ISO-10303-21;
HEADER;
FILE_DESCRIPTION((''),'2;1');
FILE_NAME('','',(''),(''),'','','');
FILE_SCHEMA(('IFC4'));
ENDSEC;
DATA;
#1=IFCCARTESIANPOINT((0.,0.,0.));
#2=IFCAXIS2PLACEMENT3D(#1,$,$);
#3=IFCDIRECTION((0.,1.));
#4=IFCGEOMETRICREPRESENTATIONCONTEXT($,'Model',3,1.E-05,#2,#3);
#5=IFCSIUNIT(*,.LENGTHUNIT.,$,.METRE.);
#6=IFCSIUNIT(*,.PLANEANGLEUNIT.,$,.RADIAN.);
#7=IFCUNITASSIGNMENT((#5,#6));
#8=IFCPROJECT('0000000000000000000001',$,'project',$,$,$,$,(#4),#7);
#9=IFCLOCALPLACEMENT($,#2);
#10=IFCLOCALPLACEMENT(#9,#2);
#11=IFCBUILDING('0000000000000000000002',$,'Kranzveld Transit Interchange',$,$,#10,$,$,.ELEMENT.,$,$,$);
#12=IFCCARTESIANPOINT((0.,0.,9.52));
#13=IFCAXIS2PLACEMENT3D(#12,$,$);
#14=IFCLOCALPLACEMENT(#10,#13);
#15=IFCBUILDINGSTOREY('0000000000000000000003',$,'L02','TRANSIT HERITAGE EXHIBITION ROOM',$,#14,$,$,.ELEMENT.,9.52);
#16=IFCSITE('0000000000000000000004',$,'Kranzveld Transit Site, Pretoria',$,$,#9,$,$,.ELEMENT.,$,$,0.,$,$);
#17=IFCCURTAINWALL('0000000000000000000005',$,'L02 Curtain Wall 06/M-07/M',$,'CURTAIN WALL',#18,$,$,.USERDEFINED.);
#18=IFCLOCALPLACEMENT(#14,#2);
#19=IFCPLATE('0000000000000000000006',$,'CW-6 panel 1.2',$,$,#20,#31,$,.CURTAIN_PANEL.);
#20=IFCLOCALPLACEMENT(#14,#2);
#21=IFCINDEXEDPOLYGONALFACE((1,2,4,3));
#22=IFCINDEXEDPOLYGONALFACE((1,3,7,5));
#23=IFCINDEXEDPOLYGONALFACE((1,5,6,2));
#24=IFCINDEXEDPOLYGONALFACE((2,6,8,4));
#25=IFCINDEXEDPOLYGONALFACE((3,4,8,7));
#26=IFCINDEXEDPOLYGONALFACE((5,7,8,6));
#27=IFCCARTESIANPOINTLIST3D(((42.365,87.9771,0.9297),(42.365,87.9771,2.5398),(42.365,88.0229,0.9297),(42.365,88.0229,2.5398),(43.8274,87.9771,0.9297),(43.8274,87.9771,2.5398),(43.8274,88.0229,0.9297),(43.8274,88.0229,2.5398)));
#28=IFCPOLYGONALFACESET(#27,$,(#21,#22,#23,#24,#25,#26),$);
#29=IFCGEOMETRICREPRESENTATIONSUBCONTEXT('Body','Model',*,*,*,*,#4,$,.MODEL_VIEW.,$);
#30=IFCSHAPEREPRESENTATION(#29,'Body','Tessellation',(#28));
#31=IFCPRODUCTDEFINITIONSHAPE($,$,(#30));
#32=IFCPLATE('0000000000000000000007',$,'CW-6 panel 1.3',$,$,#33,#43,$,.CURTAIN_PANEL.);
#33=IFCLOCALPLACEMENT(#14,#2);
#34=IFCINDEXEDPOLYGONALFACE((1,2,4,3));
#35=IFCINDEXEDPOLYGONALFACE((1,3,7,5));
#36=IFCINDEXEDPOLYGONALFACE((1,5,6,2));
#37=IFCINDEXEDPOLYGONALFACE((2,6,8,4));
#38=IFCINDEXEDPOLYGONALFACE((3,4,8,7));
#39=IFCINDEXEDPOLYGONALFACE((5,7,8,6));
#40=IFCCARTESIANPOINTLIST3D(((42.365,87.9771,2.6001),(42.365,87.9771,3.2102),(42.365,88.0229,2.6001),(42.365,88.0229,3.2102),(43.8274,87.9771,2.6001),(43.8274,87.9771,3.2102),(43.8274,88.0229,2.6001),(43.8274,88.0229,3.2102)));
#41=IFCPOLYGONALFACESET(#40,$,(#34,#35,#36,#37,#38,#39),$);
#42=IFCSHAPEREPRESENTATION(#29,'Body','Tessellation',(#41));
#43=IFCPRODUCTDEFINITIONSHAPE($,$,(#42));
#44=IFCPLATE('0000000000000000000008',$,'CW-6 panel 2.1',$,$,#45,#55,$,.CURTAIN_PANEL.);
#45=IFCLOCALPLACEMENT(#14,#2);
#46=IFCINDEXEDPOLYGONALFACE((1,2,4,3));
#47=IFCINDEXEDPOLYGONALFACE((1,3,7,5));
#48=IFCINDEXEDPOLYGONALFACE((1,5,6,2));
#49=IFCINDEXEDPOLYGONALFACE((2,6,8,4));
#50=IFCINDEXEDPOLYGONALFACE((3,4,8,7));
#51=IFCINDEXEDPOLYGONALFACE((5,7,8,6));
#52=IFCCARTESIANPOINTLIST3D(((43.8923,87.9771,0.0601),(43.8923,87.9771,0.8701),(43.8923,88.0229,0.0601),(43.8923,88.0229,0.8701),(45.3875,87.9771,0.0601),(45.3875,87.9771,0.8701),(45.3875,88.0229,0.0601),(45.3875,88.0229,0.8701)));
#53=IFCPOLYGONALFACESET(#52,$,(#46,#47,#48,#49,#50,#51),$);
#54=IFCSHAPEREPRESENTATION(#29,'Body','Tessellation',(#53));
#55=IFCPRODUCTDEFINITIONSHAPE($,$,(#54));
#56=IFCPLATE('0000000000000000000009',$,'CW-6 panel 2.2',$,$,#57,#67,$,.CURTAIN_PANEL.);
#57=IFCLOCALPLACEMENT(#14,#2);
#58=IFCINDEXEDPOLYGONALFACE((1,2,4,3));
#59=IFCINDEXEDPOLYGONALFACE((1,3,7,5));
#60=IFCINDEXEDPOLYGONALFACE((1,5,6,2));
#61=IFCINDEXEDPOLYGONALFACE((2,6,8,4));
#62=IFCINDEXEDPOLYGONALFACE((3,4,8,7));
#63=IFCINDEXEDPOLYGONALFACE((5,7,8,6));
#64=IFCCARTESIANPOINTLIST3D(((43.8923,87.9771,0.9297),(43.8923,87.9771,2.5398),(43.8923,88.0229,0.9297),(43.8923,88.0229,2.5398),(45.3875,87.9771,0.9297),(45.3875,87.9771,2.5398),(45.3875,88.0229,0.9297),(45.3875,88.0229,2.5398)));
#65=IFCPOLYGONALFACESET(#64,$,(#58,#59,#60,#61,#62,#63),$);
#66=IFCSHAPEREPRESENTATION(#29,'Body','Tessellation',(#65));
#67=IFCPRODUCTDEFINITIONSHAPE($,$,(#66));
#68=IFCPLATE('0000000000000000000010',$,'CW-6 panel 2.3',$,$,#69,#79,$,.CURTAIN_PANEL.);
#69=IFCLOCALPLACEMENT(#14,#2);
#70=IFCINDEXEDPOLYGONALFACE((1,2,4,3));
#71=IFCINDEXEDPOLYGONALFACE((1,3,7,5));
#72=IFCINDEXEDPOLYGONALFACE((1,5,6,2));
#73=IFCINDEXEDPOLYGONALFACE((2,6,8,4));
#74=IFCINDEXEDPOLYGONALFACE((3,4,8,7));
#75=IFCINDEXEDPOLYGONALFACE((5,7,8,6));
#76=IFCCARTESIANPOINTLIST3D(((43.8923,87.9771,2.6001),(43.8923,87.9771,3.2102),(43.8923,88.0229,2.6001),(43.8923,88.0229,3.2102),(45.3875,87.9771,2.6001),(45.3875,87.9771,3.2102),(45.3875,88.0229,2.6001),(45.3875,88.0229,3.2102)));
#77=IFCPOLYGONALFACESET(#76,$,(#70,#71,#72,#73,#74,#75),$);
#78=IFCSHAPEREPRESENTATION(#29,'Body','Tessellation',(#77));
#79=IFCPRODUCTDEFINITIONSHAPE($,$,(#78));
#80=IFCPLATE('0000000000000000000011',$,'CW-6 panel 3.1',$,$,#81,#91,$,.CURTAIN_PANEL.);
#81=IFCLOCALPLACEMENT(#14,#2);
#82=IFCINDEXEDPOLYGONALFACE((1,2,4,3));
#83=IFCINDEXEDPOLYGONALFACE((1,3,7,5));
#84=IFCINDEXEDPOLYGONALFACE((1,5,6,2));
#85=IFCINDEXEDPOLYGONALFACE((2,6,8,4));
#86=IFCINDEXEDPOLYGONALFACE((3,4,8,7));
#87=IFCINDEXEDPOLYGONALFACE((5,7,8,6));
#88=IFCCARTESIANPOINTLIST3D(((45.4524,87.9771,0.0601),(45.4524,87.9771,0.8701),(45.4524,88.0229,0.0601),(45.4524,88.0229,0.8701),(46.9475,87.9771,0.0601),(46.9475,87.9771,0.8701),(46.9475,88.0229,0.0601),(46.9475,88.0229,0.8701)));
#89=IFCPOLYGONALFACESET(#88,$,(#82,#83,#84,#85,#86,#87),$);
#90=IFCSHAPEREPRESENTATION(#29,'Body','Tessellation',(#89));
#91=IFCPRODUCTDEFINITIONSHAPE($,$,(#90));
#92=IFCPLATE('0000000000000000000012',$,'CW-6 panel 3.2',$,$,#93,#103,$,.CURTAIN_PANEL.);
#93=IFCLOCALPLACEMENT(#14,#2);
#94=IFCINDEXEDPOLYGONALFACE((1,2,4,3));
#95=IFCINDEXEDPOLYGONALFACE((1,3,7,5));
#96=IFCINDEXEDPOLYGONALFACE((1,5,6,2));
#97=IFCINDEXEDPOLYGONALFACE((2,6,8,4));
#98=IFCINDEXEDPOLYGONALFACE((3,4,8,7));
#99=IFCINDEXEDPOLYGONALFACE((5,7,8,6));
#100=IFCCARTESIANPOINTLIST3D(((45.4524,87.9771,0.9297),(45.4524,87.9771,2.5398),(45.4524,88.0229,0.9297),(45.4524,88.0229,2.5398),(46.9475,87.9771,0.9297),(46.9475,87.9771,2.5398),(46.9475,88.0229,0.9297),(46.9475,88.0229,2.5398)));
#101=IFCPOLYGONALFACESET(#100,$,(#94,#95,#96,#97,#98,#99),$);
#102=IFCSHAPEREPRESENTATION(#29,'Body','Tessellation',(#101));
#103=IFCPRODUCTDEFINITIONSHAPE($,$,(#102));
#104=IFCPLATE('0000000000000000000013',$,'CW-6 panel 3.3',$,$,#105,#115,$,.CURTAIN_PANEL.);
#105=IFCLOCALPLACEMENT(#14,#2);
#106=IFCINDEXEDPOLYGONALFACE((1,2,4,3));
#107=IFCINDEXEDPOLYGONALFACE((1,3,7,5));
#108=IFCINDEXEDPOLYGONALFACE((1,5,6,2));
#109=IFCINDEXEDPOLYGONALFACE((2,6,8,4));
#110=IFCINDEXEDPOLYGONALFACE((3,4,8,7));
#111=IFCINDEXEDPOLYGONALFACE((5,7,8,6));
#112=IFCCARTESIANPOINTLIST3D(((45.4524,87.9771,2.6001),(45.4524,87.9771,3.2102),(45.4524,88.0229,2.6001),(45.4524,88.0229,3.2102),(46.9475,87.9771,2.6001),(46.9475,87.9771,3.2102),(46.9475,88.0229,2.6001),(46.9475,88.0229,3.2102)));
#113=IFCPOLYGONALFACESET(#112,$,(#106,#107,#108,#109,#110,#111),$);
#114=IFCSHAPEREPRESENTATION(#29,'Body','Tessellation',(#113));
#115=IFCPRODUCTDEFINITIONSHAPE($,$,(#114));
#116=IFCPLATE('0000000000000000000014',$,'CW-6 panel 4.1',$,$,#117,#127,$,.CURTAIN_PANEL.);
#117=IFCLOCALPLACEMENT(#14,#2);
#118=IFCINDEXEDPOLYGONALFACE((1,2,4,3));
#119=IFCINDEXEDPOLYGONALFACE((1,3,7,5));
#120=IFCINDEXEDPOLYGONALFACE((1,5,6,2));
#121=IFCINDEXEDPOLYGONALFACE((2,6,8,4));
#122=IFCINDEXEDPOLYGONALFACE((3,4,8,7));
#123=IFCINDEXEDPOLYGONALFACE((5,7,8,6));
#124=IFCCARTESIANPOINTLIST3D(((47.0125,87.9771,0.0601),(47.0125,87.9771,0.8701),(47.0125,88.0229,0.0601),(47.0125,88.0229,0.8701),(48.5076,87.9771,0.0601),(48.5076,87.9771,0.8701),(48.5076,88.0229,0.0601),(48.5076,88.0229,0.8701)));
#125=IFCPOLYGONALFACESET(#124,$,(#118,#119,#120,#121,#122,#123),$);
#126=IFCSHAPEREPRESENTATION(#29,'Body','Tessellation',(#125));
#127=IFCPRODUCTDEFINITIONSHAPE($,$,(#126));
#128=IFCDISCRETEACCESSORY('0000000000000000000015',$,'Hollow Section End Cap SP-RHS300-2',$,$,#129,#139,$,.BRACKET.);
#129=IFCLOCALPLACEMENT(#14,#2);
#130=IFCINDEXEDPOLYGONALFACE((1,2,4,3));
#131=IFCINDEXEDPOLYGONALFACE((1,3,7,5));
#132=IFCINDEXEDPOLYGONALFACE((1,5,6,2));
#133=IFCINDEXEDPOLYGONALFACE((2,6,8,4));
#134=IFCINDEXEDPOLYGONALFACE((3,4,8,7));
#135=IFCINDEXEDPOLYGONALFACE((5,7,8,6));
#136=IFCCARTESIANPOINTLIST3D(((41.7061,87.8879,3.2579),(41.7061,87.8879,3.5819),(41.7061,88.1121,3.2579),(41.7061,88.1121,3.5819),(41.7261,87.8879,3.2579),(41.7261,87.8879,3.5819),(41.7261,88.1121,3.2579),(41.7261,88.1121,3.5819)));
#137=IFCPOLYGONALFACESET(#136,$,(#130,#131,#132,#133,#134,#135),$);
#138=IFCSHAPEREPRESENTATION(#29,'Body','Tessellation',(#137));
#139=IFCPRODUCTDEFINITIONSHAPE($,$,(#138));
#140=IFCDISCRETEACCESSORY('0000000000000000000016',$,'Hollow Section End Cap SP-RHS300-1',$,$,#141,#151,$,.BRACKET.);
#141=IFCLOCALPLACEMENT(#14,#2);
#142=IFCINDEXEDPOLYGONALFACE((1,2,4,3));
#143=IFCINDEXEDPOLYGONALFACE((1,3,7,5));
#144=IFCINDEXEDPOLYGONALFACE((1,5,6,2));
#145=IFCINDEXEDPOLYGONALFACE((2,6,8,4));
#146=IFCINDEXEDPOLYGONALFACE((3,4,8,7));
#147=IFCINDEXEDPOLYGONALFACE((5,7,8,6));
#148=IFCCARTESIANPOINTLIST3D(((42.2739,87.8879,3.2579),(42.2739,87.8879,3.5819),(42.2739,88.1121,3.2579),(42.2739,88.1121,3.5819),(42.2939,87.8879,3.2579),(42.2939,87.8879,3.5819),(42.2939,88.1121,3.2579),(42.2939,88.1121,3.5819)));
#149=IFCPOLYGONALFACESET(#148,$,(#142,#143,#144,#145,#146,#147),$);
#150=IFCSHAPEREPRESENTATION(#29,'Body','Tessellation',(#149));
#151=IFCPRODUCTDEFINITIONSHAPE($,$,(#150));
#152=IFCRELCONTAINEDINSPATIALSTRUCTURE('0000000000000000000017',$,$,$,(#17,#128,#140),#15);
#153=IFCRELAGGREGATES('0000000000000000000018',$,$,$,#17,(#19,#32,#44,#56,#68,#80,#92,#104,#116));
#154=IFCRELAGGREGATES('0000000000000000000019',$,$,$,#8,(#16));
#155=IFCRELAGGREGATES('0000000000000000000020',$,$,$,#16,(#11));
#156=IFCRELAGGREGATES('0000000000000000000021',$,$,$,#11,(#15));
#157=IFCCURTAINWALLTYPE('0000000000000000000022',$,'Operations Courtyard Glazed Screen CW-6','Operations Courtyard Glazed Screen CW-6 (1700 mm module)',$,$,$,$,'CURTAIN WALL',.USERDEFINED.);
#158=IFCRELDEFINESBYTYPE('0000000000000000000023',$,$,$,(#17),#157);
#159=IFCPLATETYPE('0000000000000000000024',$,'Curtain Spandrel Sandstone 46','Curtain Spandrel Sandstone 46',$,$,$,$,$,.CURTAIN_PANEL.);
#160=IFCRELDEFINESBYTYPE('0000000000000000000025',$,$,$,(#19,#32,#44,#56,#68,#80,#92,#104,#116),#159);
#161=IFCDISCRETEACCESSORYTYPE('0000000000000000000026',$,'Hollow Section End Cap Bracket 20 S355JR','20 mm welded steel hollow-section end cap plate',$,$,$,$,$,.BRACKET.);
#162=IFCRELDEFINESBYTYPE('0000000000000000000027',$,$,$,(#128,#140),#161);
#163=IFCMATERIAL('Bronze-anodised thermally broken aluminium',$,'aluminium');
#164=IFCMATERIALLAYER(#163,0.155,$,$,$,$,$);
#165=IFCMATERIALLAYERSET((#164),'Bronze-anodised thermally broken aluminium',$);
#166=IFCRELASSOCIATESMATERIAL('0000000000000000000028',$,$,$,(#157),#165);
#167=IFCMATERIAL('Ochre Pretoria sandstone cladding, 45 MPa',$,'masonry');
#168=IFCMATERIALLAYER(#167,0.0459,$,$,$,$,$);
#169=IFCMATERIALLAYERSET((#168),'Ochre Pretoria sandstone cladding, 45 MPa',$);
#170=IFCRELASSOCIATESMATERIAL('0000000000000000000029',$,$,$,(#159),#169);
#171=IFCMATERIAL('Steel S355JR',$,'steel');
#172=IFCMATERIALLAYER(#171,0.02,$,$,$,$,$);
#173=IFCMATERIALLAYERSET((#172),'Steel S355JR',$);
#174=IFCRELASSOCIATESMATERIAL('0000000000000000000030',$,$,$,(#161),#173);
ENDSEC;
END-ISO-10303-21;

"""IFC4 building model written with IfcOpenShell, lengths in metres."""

from ifc_helpers import new_model, si_unit, direction, frame, origin, origin_2d, place, context, subcontext, project, spatial, rectangle, extrude, material, layer, layer_set, type_object, element, aggregate, save


model = new_model("IFC4")

# Units and contexts
model_context = context("Model", 3, precision=1e-05, world=origin(), true_north=direction((0.0, 1.0)))
body_context = subcontext(model_context, "Body", "Model", "MODEL_VIEW")
ifc_project = project(units=[si_unit("LENGTHUNIT", "METRE"), si_unit("PLANEANGLEUNIT", "RADIAN")], contexts=[model_context])

# Site, building, storey
site_placement = place(None, origin())
site = spatial("IfcSite", under=ifc_project, at=site_placement, Name="Kranzveld Transit Site, Pretoria", CompositionType="ELEMENT", RefElevation=0.0)
building_placement = place(site_placement, origin())
building = spatial("IfcBuilding", under=site, at=building_placement, Name="Kranzveld Transit Interchange", CompositionType="ELEMENT")
storey_placement = place(building_placement, frame((0.0, 0.0, 9.52)))
storey = spatial("IfcBuildingStorey", under=building, at=storey_placement, Name="L02", Description="TRANSIT HERITAGE EXHIBITION ROOM", CompositionType="ELEMENT", Elevation=9.52)

# Curtain wall
ifc_material_1 = material(Name="Bronze-anodised thermally broken aluminium", Category="aluminium")
ifc_layer_1 = layer(ifc_material_1, 0.155)
ifc_layer_set_1 = layer_set([ifc_layer_1], Name="Bronze-anodised thermally broken aluminium")
curtain_wall_type_1 = type_object("IfcCurtainWallType", Name="Operations Courtyard Glazed Screen CW-6", Description="Operations Courtyard Glazed Screen CW-6 (1700 mm module)", ElementType="CURTAIN WALL", PredefinedType="USERDEFINED", material=ifc_layer_set_1)
curtain_wall_1_placement = place(storey_placement, origin())
curtain_wall_1 = element("IfcCurtainWall", 1, at=curtain_wall_1_placement, inside=storey, type_object=curtain_wall_type_1, Name="L02 Curtain Wall 06/M-07/M", ObjectType="CURTAIN WALL", PredefinedType="USERDEFINED")

# Plates
ifc_material_2 = material(Name="Ochre Pretoria sandstone cladding, 45 MPa", Category="masonry")
ifc_layer_2 = layer(ifc_material_2, 0.0459)
ifc_layer_set_2 = layer_set([ifc_layer_2], Name="Ochre Pretoria sandstone cladding, 45 MPa")
plate_type = type_object("IfcPlateType", Name="Curtain Spandrel Sandstone 46", Description="Curtain Spandrel Sandstone 46", PredefinedType="CURTAIN_PANEL", material=ifc_layer_set_2)
plate_1_placement = place(storey_placement, frame((43.0962, 88.0, 0.9297), z_axis=(0.0, 0.0, 1.0), x_axis=(1.0, 0.0, 0.0)))
plate_1 = element("IfcPlate", 2, at=plate_1_placement, type_object=plate_type, Name="CW-6 panel 1.2", PredefinedType="CURTAIN_PANEL", context=body_context, shape_type="SweptSolid", body=[
    extrude(rectangle(XDim=1.4624, YDim=0.0459, at=origin_2d()), origin(), (0.0, 0.0, 1.0), 1.6101),
])
plate_2_placement = place(storey_placement, frame((43.0962, 88.0, 2.6001), z_axis=(0.0, 0.0, 1.0), x_axis=(1.0, 0.0, 0.0)))
plate_2 = element("IfcPlate", 3, at=plate_2_placement, type_object=plate_type, Name="CW-6 panel 1.3", PredefinedType="CURTAIN_PANEL", context=body_context, shape_type="SweptSolid", body=[
    extrude(rectangle(XDim=1.4624, YDim=0.0459, at=origin_2d()), origin(), (0.0, 0.0, 1.0), 0.6101),
])
plate_3_placement = place(storey_placement, frame((44.6399, 88.0, 0.0601), z_axis=(0.0, 0.0, 1.0), x_axis=(1.0, 0.0, 0.0)))
plate_3 = element("IfcPlate", 4, at=plate_3_placement, type_object=plate_type, Name="CW-6 panel 2.1", PredefinedType="CURTAIN_PANEL", context=body_context, shape_type="SweptSolid", body=[
    extrude(rectangle(XDim=1.4951, YDim=0.0459, at=origin_2d()), origin(), (0.0, 0.0, 1.0), 0.8101),
])
plate_4_placement = place(storey_placement, frame((44.6399, 88.0, 0.9297), z_axis=(0.0, 0.0, 1.0), x_axis=(1.0, 0.0, 0.0)))
plate_4 = element("IfcPlate", 5, at=plate_4_placement, type_object=plate_type, Name="CW-6 panel 2.2", PredefinedType="CURTAIN_PANEL", context=body_context, shape_type="SweptSolid", body=[
    extrude(rectangle(XDim=1.4951, YDim=0.0459, at=origin_2d()), origin(), (0.0, 0.0, 1.0), 1.6101),
])
plate_5_placement = place(storey_placement, frame((44.6399, 88.0, 2.6001), z_axis=(0.0, 0.0, 1.0), x_axis=(1.0, 0.0, 0.0)))
plate_5 = element("IfcPlate", 6, at=plate_5_placement, type_object=plate_type, Name="CW-6 panel 2.3", PredefinedType="CURTAIN_PANEL", context=body_context, shape_type="SweptSolid", body=[
    extrude(rectangle(XDim=1.4951, YDim=0.0459, at=origin_2d()), origin(), (0.0, 0.0, 1.0), 0.6101),
])
plate_6_placement = place(storey_placement, frame((46.2, 88.0, 0.0601), z_axis=(0.0, 0.0, 1.0), x_axis=(1.0, 0.0, 0.0)))
plate_6 = element("IfcPlate", 7, at=plate_6_placement, type_object=plate_type, Name="CW-6 panel 3.1", PredefinedType="CURTAIN_PANEL", context=body_context, shape_type="SweptSolid", body=[
    extrude(rectangle(XDim=1.4951, YDim=0.0459, at=origin_2d()), origin(), (0.0, 0.0, 1.0), 0.8101),
])
plate_7_placement = place(storey_placement, frame((46.2, 88.0, 0.9297), z_axis=(0.0, 0.0, 1.0), x_axis=(1.0, 0.0, 0.0)))
plate_7 = element("IfcPlate", 8, at=plate_7_placement, type_object=plate_type, Name="CW-6 panel 3.2", PredefinedType="CURTAIN_PANEL", context=body_context, shape_type="SweptSolid", body=[
    extrude(rectangle(XDim=1.4951, YDim=0.0459, at=origin_2d()), origin(), (0.0, 0.0, 1.0), 1.6101),
])
plate_8_placement = place(storey_placement, frame((46.2, 88.0, 2.6001), z_axis=(0.0, 0.0, 1.0), x_axis=(1.0, 0.0, 0.0)))
plate_8 = element("IfcPlate", 9, at=plate_8_placement, type_object=plate_type, Name="CW-6 panel 3.3", PredefinedType="CURTAIN_PANEL", context=body_context, shape_type="SweptSolid", body=[
    extrude(rectangle(XDim=1.4951, YDim=0.0459, at=origin_2d()), origin(), (0.0, 0.0, 1.0), 0.6101),
])
plate_9_placement = place(storey_placement, frame((47.76, 88.0, 0.0601), z_axis=(0.0, 0.0, 1.0), x_axis=(1.0, 0.0, 0.0)))
plate_9 = element("IfcPlate", 10, at=plate_9_placement, type_object=plate_type, Name="CW-6 panel 4.1", PredefinedType="CURTAIN_PANEL", context=body_context, shape_type="SweptSolid", body=[
    extrude(rectangle(XDim=1.4951, YDim=0.0459, at=origin_2d()), origin(), (0.0, 0.0, 1.0), 0.8101),
])
aggregate(curtain_wall_1, [plate_1, plate_2, plate_3, plate_4, plate_5, plate_6, plate_7, plate_8, plate_9])

# Discrete accessories
ifc_material_3 = material(Name="Steel S355JR", Category="steel")
ifc_layer_3 = layer(ifc_material_3, 0.02)
ifc_layer_set_3 = layer_set([ifc_layer_3], Name="Steel S355JR")
discrete_accessory_type = type_object("IfcDiscreteAccessoryType", Name="Hollow Section End Cap Bracket 20 S355JR", Description="20 mm welded steel hollow-section end cap plate", PredefinedType="BRACKET", material=ifc_layer_set_3)
for number, where, z_axis, x_axis, name in (
    (11, (41.7061, 88.0, 3.4199), (1.0, 0.0, 0.0), (0.0, 1.0, 0.0), "Hollow Section End Cap SP-RHS300-2"),
    (12, (42.2939, 88.0, 3.4199), (-1.0, 0.0, 0.0), (0.0, -1.0, 0.0), "Hollow Section End Cap SP-RHS300-1"),
):
    element("IfcDiscreteAccessory", number, at=place(storey_placement, frame(where, z_axis=z_axis, x_axis=x_axis)), inside=storey, type_object=discrete_accessory_type, Name=name, PredefinedType="BRACKET", context=body_context, shape_type="SweptSolid", body=[
        extrude(rectangle(XDim=0.2241, YDim=0.324, at=origin_2d()), origin(), (0.0, 0.0, 1.0), 0.02),
    ])

save(model, "model.ifc")
